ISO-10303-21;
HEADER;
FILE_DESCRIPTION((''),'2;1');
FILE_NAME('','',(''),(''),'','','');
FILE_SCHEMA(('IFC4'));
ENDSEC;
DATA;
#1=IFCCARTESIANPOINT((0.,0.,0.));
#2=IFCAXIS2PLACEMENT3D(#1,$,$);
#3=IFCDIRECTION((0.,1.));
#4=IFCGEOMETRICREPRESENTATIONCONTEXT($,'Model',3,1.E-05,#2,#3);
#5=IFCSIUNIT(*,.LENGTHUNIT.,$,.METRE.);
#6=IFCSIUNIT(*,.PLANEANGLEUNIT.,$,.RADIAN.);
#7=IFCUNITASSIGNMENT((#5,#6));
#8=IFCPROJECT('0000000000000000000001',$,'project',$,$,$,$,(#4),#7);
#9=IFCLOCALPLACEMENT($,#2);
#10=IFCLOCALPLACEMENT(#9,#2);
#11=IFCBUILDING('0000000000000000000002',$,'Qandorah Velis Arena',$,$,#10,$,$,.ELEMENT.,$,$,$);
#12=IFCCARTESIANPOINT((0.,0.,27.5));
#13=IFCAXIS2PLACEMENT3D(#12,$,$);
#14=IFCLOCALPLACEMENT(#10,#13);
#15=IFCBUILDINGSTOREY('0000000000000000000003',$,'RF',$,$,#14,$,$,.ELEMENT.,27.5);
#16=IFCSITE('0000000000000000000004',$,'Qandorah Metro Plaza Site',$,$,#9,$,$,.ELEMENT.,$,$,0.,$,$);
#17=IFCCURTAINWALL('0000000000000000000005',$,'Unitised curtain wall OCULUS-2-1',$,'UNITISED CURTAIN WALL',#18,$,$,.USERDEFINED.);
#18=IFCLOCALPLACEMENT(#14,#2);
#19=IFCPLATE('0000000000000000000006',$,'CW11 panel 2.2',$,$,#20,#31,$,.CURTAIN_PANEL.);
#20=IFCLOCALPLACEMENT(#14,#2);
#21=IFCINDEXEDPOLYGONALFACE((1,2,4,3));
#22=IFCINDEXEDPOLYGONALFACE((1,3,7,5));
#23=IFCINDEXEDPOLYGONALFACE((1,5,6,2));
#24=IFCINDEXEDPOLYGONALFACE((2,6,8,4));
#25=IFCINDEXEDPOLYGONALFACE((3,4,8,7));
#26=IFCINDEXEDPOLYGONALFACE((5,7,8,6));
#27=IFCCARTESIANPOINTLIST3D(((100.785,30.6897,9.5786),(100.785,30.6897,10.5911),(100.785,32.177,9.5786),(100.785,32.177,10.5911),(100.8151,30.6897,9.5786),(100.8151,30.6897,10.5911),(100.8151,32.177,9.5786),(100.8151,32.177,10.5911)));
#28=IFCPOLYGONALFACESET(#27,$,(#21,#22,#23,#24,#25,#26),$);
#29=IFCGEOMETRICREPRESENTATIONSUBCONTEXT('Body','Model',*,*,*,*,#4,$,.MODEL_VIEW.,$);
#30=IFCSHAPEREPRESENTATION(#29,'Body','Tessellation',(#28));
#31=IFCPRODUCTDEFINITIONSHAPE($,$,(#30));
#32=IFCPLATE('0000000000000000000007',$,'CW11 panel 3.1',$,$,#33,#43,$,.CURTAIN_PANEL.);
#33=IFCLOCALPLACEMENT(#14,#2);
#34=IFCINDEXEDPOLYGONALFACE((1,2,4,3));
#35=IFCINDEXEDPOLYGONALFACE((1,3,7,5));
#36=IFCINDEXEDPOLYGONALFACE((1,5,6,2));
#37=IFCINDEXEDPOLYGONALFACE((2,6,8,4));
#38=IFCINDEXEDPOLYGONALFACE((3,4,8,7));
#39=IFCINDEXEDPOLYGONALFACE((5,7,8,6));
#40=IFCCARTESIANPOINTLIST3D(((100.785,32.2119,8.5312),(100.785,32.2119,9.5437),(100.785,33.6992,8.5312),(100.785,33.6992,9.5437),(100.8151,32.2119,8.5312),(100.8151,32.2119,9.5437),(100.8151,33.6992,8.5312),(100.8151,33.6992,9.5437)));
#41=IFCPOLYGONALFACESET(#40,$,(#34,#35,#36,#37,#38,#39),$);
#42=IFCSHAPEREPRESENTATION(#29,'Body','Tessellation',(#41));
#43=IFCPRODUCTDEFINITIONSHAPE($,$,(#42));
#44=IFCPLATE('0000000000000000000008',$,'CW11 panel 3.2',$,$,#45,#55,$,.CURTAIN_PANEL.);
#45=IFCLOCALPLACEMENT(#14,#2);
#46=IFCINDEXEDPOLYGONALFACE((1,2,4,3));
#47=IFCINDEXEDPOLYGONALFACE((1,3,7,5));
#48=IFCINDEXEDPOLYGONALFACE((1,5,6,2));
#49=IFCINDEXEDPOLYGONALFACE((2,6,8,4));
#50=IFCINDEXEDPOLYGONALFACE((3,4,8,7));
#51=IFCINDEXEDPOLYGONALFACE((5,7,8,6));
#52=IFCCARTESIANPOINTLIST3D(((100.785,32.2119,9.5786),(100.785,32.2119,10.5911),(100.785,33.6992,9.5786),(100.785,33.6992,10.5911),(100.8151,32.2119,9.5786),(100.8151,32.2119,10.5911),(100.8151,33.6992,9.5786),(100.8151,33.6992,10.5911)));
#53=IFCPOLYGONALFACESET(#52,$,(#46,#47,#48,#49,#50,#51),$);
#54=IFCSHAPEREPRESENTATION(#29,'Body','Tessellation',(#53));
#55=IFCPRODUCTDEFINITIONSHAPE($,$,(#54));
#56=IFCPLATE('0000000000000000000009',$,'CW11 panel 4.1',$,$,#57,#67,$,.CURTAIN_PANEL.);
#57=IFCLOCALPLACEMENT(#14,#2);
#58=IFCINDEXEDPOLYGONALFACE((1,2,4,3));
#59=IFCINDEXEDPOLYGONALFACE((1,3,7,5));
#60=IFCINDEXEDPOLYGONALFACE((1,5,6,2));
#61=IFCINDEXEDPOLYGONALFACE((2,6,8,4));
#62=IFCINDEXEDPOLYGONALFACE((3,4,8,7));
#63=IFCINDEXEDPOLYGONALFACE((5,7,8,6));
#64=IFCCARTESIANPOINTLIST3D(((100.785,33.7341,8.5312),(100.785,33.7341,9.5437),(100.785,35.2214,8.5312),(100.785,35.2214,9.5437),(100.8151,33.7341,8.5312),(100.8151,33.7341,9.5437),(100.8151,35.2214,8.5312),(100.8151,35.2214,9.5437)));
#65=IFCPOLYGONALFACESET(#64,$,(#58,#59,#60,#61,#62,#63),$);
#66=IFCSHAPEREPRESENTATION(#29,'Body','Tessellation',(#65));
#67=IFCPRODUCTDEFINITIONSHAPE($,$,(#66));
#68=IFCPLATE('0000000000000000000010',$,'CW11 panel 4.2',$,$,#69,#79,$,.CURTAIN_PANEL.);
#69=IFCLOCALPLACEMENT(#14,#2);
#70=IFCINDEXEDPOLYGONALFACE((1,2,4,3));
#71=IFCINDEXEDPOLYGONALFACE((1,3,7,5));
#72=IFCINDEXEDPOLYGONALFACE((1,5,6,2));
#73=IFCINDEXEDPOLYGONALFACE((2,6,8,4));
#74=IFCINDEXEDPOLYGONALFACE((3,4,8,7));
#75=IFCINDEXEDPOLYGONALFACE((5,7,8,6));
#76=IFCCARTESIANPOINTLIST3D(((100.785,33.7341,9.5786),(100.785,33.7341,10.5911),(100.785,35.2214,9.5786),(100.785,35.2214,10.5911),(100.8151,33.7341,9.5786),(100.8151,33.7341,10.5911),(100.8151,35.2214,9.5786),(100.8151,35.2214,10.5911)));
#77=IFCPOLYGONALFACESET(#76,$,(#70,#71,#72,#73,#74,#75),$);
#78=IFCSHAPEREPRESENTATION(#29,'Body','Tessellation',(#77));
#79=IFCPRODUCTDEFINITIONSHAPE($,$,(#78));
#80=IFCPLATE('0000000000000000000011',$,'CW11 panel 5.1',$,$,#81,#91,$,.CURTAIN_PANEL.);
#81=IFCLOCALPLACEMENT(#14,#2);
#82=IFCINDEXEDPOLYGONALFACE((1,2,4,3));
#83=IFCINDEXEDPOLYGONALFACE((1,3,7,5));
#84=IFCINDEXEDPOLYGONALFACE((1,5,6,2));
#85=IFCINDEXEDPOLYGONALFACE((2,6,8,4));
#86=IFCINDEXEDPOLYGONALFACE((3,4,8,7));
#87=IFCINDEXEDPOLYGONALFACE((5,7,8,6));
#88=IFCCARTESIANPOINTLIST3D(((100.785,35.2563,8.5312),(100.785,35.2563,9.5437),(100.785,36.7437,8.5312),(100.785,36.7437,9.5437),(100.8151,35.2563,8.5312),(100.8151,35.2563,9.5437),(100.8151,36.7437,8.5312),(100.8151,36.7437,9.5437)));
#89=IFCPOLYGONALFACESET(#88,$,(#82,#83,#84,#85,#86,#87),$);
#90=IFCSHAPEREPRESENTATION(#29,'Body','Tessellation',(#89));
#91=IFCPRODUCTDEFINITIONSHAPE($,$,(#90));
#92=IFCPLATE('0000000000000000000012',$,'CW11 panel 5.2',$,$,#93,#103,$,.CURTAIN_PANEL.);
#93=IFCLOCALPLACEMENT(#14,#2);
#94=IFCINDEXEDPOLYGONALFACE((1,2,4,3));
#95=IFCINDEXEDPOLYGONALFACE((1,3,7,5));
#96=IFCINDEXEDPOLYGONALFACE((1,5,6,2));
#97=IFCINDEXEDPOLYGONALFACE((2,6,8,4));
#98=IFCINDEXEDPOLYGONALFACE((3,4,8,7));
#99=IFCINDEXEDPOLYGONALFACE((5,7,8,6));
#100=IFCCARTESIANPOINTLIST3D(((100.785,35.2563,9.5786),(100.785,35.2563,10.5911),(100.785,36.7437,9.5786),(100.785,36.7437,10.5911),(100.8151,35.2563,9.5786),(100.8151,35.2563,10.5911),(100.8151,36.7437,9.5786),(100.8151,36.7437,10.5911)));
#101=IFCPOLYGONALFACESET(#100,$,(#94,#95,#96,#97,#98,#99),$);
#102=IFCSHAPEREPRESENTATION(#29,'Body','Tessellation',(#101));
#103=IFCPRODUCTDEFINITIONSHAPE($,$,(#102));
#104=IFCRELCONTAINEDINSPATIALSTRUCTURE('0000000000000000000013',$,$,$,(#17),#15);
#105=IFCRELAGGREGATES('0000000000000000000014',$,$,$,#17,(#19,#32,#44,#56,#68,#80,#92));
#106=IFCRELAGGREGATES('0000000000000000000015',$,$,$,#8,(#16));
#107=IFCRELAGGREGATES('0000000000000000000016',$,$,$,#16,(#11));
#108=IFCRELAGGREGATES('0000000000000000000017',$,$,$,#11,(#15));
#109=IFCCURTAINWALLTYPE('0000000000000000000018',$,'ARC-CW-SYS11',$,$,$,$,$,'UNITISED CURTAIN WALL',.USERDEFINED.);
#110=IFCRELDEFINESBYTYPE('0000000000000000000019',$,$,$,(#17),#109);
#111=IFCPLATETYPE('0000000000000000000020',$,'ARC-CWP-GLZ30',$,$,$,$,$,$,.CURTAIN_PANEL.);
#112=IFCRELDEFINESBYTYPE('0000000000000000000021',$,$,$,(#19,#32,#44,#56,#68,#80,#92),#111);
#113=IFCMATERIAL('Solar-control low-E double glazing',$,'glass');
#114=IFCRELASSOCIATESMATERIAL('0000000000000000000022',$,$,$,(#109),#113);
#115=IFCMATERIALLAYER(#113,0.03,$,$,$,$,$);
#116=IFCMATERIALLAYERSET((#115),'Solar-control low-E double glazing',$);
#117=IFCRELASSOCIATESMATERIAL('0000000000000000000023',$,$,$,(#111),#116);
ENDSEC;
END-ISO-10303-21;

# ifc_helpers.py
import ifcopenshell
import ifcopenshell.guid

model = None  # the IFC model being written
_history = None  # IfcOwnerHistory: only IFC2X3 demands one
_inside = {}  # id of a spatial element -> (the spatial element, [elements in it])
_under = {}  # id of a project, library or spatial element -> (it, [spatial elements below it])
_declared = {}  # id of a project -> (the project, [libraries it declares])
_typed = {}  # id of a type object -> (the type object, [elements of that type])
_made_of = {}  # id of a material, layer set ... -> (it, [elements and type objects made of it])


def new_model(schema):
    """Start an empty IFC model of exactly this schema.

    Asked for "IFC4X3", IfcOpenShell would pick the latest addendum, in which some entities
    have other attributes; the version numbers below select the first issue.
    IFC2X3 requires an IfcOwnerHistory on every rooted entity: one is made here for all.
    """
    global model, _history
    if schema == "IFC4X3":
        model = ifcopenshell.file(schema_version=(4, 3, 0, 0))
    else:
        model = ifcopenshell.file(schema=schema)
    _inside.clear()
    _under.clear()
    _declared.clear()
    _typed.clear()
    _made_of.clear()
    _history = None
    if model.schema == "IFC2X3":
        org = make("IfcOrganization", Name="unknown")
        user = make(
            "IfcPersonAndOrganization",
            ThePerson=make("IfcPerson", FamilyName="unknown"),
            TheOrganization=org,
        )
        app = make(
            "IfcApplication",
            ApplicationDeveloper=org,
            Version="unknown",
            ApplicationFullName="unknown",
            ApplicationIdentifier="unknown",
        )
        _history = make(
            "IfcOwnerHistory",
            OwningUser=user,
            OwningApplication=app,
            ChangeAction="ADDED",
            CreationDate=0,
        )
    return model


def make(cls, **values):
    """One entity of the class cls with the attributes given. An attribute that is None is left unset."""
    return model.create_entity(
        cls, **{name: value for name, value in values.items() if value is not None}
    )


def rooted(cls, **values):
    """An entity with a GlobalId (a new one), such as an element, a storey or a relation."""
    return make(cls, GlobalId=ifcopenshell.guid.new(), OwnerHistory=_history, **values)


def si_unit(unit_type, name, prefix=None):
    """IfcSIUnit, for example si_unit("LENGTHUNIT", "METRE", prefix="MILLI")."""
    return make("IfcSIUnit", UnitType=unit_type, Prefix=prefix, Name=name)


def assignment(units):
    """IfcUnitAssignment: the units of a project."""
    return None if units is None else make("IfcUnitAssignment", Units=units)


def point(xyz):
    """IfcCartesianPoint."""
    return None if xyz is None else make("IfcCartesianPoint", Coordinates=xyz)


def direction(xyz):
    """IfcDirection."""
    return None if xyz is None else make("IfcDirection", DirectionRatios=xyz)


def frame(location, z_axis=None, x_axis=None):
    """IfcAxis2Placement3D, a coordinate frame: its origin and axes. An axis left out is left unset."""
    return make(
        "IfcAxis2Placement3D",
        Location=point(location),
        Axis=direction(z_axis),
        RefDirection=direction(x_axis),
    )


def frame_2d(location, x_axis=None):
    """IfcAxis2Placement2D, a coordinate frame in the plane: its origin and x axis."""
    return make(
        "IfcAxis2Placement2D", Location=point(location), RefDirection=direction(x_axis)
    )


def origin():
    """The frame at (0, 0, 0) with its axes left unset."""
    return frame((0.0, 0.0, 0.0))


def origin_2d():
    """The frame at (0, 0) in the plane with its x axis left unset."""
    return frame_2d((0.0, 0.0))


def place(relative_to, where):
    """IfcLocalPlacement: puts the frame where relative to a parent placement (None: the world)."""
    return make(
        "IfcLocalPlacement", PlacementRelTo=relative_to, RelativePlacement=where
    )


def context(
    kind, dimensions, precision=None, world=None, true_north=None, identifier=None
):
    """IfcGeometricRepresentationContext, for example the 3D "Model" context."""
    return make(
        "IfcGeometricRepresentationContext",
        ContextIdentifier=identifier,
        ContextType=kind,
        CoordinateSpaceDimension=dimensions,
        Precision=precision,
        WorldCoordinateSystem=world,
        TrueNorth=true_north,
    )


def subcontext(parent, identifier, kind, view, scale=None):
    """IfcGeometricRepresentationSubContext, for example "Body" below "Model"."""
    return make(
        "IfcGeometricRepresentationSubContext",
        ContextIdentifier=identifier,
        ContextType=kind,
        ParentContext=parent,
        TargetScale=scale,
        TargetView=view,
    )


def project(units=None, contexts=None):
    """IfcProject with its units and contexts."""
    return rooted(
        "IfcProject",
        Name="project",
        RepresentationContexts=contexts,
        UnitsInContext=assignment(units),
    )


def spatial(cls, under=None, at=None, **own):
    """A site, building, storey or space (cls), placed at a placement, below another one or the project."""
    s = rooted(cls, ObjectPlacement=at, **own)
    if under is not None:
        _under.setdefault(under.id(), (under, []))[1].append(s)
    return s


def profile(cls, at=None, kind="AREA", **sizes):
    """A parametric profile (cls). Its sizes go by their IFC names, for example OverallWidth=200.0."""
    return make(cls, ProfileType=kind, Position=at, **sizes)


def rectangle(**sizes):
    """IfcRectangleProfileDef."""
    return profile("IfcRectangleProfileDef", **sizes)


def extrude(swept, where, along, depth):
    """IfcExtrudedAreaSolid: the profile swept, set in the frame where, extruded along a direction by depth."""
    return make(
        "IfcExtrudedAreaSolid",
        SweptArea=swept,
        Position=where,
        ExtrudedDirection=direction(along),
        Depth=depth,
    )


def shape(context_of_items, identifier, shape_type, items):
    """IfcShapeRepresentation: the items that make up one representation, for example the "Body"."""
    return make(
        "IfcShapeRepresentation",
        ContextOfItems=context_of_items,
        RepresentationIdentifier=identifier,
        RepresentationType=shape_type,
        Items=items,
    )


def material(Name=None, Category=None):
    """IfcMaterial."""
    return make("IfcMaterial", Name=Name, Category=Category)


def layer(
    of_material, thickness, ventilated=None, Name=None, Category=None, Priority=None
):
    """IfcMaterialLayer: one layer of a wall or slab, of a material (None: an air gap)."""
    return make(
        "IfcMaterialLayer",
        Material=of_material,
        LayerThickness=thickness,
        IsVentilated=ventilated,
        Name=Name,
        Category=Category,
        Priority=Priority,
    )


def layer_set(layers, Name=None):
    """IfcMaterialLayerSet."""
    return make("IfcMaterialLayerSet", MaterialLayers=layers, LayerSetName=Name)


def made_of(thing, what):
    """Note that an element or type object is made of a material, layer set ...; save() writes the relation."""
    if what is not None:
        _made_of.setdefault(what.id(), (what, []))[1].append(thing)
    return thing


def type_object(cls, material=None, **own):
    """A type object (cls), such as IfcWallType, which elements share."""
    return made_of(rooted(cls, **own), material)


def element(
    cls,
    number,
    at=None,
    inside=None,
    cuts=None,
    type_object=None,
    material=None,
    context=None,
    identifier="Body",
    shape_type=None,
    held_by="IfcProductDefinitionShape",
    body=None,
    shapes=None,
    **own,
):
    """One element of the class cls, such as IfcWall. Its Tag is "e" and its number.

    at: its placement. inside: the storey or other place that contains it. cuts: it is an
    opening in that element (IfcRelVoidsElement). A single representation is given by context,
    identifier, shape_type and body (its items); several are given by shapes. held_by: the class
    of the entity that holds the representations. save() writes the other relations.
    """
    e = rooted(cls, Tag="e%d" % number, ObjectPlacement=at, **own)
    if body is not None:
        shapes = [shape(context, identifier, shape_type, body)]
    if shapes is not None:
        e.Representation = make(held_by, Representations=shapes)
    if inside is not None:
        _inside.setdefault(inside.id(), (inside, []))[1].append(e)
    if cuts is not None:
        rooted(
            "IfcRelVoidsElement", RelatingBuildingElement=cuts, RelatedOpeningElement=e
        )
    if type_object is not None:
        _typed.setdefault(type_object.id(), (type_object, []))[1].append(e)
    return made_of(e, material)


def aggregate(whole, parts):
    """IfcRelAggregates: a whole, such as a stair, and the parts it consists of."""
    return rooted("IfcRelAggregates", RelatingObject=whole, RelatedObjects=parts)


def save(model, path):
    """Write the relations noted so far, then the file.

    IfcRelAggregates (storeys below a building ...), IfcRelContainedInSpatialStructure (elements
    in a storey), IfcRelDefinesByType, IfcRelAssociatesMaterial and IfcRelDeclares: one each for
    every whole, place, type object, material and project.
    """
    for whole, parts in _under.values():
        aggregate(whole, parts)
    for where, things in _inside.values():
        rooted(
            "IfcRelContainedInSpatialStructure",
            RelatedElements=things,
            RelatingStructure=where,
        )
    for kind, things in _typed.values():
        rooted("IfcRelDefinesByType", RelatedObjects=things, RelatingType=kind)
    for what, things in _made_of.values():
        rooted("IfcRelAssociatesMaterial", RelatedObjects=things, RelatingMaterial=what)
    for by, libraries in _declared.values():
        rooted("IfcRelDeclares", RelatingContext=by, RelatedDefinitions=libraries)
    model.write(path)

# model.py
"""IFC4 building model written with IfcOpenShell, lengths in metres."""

from ifc_helpers import new_model, si_unit, direction, frame, origin, origin_2d, place, context, subcontext, project, spatial, rectangle, extrude, material, layer, layer_set, type_object, element, aggregate, save


model = new_model("IFC4")

# Units and contexts
model_context = context("Model", 3, precision=1e-05, world=origin(), true_north=direction((0.0, 1.0)))
body_context = subcontext(model_context, "Body", "Model", "MODEL_VIEW")
ifc_project = project(units=[si_unit("LENGTHUNIT", "METRE"), si_unit("PLANEANGLEUNIT", "RADIAN")], contexts=[model_context])

# Site, building, storey
site_placement = place(None, origin())
site = spatial("IfcSite", under=ifc_project, at=site_placement, Name="Qandorah Metro Plaza Site", CompositionType="ELEMENT", RefElevation=0.0)
building_placement = place(site_placement, origin())
building = spatial("IfcBuilding", under=site, at=building_placement, Name="Qandorah Velis Arena", CompositionType="ELEMENT")
storey_placement = place(building_placement, frame((0.0, 0.0, 27.5)))
storey = spatial("IfcBuildingStorey", under=building, at=storey_placement, Name="RF", CompositionType="ELEMENT", Elevation=27.5)

# Curtain wall
ifc_material_1 = material(Name="Solar-control low-E double glazing", Category="glass")
curtain_wall_type_1 = type_object("IfcCurtainWallType", Name="ARC-CW-SYS11", ElementType="UNITISED CURTAIN WALL", PredefinedType="USERDEFINED", material=ifc_material_1)
curtain_wall_1_placement = place(storey_placement, origin())
curtain_wall_1 = element("IfcCurtainWall", 1, at=curtain_wall_1_placement, inside=storey, type_object=curtain_wall_type_1, Name="Unitised curtain wall OCULUS-2-1", ObjectType="UNITISED CURTAIN WALL", PredefinedType="USERDEFINED")

# Plates
ifc_layer = layer(ifc_material_1, 0.03)
ifc_layer_set = layer_set([ifc_layer], Name="Solar-control low-E double glazing")
plate_type = type_object("IfcPlateType", Name="ARC-CWP-GLZ30", PredefinedType="CURTAIN_PANEL", material=ifc_layer_set)
plate_1_placement = place(storey_placement, frame((100.8, 31.4333, 9.5786), z_axis=(0.0, 0.0, 1.0), x_axis=(0.0, 1.0, 0.0)))
plate_1 = element("IfcPlate", 2, at=plate_1_placement, type_object=plate_type, Name="CW11 panel 2.2", PredefinedType="CURTAIN_PANEL", context=body_context, shape_type="SweptSolid", body=[
    extrude(rectangle(XDim=1.4873, YDim=0.03, at=origin_2d()), origin(), (0.0, 0.0, 1.0), 1.0125),
])
plate_2_placement = place(storey_placement, frame((100.8, 32.9556, 8.5312), z_axis=(0.0, 0.0, 1.0), x_axis=(0.0, 1.0, 0.0)))
plate_2 = element("IfcPlate", 3, at=plate_2_placement, type_object=plate_type, Name="CW11 panel 3.1", PredefinedType="CURTAIN_PANEL", context=body_context, shape_type="SweptSolid", body=[
    extrude(rectangle(XDim=1.4873, YDim=0.03, at=origin_2d()), origin(), (0.0, 0.0, 1.0), 1.0125),
])
plate_3_placement = place(storey_placement, frame((100.8, 32.9556, 9.5786), z_axis=(0.0, 0.0, 1.0), x_axis=(0.0, 1.0, 0.0)))
plate_3 = element("IfcPlate", 4, at=plate_3_placement, type_object=plate_type, Name="CW11 panel 3.2", PredefinedType="CURTAIN_PANEL", context=body_context, shape_type="SweptSolid", body=[
    extrude(rectangle(XDim=1.4873, YDim=0.03, at=origin_2d()), origin(), (0.0, 0.0, 1.0), 1.0125),
])
plate_4_placement = place(storey_placement, frame((100.8, 34.4778, 8.5312), z_axis=(0.0, 0.0, 1.0), x_axis=(0.0, 1.0, 0.0)))
plate_4 = element("IfcPlate", 5, at=plate_4_placement, type_object=plate_type, Name="CW11 panel 4.1", PredefinedType="CURTAIN_PANEL", context=body_context, shape_type="SweptSolid", body=[
    extrude(rectangle(XDim=1.4873, YDim=0.03, at=origin_2d()), origin(), (0.0, 0.0, 1.0), 1.0125),
])
plate_5_placement = place(storey_placement, frame((100.8, 34.4778, 9.5786), z_axis=(0.0, 0.0, 1.0), x_axis=(0.0, 1.0, 0.0)))
plate_5 = element("IfcPlate", 6, at=plate_5_placement, type_object=plate_type, Name="CW11 panel 4.2", PredefinedType="CURTAIN_PANEL", context=body_context, shape_type="SweptSolid", body=[
    extrude(rectangle(XDim=1.4873, YDim=0.03, at=origin_2d()), origin(), (0.0, 0.0, 1.0), 1.0125),
])
plate_6_placement = place(storey_placement, frame((100.8, 36.0, 8.5312), z_axis=(0.0, 0.0, 1.0), x_axis=(0.0, 1.0, 0.0)))
plate_6 = element("IfcPlate", 7, at=plate_6_placement, type_object=plate_type, Name="CW11 panel 5.1", PredefinedType="CURTAIN_PANEL", context=body_context, shape_type="SweptSolid", body=[
    extrude(rectangle(XDim=1.4873, YDim=0.03, at=origin_2d()), origin(), (0.0, 0.0, 1.0), 1.0125),
])
plate_7_placement = place(storey_placement, frame((100.8, 36.0, 9.5786), z_axis=(0.0, 0.0, 1.0), x_axis=(0.0, 1.0, 0.0)))
plate_7 = element("IfcPlate", 8, at=plate_7_placement, type_object=plate_type, Name="CW11 panel 5.2", PredefinedType="CURTAIN_PANEL", context=body_context, shape_type="SweptSolid", body=[
    extrude(rectangle(XDim=1.4873, YDim=0.03, at=origin_2d()), origin(), (0.0, 0.0, 1.0), 1.0125),
])
aggregate(curtain_wall_1, [plate_1, plate_2, plate_3, plate_4, plate_5, plate_6, plate_7])

save(model, "model.ifc")
